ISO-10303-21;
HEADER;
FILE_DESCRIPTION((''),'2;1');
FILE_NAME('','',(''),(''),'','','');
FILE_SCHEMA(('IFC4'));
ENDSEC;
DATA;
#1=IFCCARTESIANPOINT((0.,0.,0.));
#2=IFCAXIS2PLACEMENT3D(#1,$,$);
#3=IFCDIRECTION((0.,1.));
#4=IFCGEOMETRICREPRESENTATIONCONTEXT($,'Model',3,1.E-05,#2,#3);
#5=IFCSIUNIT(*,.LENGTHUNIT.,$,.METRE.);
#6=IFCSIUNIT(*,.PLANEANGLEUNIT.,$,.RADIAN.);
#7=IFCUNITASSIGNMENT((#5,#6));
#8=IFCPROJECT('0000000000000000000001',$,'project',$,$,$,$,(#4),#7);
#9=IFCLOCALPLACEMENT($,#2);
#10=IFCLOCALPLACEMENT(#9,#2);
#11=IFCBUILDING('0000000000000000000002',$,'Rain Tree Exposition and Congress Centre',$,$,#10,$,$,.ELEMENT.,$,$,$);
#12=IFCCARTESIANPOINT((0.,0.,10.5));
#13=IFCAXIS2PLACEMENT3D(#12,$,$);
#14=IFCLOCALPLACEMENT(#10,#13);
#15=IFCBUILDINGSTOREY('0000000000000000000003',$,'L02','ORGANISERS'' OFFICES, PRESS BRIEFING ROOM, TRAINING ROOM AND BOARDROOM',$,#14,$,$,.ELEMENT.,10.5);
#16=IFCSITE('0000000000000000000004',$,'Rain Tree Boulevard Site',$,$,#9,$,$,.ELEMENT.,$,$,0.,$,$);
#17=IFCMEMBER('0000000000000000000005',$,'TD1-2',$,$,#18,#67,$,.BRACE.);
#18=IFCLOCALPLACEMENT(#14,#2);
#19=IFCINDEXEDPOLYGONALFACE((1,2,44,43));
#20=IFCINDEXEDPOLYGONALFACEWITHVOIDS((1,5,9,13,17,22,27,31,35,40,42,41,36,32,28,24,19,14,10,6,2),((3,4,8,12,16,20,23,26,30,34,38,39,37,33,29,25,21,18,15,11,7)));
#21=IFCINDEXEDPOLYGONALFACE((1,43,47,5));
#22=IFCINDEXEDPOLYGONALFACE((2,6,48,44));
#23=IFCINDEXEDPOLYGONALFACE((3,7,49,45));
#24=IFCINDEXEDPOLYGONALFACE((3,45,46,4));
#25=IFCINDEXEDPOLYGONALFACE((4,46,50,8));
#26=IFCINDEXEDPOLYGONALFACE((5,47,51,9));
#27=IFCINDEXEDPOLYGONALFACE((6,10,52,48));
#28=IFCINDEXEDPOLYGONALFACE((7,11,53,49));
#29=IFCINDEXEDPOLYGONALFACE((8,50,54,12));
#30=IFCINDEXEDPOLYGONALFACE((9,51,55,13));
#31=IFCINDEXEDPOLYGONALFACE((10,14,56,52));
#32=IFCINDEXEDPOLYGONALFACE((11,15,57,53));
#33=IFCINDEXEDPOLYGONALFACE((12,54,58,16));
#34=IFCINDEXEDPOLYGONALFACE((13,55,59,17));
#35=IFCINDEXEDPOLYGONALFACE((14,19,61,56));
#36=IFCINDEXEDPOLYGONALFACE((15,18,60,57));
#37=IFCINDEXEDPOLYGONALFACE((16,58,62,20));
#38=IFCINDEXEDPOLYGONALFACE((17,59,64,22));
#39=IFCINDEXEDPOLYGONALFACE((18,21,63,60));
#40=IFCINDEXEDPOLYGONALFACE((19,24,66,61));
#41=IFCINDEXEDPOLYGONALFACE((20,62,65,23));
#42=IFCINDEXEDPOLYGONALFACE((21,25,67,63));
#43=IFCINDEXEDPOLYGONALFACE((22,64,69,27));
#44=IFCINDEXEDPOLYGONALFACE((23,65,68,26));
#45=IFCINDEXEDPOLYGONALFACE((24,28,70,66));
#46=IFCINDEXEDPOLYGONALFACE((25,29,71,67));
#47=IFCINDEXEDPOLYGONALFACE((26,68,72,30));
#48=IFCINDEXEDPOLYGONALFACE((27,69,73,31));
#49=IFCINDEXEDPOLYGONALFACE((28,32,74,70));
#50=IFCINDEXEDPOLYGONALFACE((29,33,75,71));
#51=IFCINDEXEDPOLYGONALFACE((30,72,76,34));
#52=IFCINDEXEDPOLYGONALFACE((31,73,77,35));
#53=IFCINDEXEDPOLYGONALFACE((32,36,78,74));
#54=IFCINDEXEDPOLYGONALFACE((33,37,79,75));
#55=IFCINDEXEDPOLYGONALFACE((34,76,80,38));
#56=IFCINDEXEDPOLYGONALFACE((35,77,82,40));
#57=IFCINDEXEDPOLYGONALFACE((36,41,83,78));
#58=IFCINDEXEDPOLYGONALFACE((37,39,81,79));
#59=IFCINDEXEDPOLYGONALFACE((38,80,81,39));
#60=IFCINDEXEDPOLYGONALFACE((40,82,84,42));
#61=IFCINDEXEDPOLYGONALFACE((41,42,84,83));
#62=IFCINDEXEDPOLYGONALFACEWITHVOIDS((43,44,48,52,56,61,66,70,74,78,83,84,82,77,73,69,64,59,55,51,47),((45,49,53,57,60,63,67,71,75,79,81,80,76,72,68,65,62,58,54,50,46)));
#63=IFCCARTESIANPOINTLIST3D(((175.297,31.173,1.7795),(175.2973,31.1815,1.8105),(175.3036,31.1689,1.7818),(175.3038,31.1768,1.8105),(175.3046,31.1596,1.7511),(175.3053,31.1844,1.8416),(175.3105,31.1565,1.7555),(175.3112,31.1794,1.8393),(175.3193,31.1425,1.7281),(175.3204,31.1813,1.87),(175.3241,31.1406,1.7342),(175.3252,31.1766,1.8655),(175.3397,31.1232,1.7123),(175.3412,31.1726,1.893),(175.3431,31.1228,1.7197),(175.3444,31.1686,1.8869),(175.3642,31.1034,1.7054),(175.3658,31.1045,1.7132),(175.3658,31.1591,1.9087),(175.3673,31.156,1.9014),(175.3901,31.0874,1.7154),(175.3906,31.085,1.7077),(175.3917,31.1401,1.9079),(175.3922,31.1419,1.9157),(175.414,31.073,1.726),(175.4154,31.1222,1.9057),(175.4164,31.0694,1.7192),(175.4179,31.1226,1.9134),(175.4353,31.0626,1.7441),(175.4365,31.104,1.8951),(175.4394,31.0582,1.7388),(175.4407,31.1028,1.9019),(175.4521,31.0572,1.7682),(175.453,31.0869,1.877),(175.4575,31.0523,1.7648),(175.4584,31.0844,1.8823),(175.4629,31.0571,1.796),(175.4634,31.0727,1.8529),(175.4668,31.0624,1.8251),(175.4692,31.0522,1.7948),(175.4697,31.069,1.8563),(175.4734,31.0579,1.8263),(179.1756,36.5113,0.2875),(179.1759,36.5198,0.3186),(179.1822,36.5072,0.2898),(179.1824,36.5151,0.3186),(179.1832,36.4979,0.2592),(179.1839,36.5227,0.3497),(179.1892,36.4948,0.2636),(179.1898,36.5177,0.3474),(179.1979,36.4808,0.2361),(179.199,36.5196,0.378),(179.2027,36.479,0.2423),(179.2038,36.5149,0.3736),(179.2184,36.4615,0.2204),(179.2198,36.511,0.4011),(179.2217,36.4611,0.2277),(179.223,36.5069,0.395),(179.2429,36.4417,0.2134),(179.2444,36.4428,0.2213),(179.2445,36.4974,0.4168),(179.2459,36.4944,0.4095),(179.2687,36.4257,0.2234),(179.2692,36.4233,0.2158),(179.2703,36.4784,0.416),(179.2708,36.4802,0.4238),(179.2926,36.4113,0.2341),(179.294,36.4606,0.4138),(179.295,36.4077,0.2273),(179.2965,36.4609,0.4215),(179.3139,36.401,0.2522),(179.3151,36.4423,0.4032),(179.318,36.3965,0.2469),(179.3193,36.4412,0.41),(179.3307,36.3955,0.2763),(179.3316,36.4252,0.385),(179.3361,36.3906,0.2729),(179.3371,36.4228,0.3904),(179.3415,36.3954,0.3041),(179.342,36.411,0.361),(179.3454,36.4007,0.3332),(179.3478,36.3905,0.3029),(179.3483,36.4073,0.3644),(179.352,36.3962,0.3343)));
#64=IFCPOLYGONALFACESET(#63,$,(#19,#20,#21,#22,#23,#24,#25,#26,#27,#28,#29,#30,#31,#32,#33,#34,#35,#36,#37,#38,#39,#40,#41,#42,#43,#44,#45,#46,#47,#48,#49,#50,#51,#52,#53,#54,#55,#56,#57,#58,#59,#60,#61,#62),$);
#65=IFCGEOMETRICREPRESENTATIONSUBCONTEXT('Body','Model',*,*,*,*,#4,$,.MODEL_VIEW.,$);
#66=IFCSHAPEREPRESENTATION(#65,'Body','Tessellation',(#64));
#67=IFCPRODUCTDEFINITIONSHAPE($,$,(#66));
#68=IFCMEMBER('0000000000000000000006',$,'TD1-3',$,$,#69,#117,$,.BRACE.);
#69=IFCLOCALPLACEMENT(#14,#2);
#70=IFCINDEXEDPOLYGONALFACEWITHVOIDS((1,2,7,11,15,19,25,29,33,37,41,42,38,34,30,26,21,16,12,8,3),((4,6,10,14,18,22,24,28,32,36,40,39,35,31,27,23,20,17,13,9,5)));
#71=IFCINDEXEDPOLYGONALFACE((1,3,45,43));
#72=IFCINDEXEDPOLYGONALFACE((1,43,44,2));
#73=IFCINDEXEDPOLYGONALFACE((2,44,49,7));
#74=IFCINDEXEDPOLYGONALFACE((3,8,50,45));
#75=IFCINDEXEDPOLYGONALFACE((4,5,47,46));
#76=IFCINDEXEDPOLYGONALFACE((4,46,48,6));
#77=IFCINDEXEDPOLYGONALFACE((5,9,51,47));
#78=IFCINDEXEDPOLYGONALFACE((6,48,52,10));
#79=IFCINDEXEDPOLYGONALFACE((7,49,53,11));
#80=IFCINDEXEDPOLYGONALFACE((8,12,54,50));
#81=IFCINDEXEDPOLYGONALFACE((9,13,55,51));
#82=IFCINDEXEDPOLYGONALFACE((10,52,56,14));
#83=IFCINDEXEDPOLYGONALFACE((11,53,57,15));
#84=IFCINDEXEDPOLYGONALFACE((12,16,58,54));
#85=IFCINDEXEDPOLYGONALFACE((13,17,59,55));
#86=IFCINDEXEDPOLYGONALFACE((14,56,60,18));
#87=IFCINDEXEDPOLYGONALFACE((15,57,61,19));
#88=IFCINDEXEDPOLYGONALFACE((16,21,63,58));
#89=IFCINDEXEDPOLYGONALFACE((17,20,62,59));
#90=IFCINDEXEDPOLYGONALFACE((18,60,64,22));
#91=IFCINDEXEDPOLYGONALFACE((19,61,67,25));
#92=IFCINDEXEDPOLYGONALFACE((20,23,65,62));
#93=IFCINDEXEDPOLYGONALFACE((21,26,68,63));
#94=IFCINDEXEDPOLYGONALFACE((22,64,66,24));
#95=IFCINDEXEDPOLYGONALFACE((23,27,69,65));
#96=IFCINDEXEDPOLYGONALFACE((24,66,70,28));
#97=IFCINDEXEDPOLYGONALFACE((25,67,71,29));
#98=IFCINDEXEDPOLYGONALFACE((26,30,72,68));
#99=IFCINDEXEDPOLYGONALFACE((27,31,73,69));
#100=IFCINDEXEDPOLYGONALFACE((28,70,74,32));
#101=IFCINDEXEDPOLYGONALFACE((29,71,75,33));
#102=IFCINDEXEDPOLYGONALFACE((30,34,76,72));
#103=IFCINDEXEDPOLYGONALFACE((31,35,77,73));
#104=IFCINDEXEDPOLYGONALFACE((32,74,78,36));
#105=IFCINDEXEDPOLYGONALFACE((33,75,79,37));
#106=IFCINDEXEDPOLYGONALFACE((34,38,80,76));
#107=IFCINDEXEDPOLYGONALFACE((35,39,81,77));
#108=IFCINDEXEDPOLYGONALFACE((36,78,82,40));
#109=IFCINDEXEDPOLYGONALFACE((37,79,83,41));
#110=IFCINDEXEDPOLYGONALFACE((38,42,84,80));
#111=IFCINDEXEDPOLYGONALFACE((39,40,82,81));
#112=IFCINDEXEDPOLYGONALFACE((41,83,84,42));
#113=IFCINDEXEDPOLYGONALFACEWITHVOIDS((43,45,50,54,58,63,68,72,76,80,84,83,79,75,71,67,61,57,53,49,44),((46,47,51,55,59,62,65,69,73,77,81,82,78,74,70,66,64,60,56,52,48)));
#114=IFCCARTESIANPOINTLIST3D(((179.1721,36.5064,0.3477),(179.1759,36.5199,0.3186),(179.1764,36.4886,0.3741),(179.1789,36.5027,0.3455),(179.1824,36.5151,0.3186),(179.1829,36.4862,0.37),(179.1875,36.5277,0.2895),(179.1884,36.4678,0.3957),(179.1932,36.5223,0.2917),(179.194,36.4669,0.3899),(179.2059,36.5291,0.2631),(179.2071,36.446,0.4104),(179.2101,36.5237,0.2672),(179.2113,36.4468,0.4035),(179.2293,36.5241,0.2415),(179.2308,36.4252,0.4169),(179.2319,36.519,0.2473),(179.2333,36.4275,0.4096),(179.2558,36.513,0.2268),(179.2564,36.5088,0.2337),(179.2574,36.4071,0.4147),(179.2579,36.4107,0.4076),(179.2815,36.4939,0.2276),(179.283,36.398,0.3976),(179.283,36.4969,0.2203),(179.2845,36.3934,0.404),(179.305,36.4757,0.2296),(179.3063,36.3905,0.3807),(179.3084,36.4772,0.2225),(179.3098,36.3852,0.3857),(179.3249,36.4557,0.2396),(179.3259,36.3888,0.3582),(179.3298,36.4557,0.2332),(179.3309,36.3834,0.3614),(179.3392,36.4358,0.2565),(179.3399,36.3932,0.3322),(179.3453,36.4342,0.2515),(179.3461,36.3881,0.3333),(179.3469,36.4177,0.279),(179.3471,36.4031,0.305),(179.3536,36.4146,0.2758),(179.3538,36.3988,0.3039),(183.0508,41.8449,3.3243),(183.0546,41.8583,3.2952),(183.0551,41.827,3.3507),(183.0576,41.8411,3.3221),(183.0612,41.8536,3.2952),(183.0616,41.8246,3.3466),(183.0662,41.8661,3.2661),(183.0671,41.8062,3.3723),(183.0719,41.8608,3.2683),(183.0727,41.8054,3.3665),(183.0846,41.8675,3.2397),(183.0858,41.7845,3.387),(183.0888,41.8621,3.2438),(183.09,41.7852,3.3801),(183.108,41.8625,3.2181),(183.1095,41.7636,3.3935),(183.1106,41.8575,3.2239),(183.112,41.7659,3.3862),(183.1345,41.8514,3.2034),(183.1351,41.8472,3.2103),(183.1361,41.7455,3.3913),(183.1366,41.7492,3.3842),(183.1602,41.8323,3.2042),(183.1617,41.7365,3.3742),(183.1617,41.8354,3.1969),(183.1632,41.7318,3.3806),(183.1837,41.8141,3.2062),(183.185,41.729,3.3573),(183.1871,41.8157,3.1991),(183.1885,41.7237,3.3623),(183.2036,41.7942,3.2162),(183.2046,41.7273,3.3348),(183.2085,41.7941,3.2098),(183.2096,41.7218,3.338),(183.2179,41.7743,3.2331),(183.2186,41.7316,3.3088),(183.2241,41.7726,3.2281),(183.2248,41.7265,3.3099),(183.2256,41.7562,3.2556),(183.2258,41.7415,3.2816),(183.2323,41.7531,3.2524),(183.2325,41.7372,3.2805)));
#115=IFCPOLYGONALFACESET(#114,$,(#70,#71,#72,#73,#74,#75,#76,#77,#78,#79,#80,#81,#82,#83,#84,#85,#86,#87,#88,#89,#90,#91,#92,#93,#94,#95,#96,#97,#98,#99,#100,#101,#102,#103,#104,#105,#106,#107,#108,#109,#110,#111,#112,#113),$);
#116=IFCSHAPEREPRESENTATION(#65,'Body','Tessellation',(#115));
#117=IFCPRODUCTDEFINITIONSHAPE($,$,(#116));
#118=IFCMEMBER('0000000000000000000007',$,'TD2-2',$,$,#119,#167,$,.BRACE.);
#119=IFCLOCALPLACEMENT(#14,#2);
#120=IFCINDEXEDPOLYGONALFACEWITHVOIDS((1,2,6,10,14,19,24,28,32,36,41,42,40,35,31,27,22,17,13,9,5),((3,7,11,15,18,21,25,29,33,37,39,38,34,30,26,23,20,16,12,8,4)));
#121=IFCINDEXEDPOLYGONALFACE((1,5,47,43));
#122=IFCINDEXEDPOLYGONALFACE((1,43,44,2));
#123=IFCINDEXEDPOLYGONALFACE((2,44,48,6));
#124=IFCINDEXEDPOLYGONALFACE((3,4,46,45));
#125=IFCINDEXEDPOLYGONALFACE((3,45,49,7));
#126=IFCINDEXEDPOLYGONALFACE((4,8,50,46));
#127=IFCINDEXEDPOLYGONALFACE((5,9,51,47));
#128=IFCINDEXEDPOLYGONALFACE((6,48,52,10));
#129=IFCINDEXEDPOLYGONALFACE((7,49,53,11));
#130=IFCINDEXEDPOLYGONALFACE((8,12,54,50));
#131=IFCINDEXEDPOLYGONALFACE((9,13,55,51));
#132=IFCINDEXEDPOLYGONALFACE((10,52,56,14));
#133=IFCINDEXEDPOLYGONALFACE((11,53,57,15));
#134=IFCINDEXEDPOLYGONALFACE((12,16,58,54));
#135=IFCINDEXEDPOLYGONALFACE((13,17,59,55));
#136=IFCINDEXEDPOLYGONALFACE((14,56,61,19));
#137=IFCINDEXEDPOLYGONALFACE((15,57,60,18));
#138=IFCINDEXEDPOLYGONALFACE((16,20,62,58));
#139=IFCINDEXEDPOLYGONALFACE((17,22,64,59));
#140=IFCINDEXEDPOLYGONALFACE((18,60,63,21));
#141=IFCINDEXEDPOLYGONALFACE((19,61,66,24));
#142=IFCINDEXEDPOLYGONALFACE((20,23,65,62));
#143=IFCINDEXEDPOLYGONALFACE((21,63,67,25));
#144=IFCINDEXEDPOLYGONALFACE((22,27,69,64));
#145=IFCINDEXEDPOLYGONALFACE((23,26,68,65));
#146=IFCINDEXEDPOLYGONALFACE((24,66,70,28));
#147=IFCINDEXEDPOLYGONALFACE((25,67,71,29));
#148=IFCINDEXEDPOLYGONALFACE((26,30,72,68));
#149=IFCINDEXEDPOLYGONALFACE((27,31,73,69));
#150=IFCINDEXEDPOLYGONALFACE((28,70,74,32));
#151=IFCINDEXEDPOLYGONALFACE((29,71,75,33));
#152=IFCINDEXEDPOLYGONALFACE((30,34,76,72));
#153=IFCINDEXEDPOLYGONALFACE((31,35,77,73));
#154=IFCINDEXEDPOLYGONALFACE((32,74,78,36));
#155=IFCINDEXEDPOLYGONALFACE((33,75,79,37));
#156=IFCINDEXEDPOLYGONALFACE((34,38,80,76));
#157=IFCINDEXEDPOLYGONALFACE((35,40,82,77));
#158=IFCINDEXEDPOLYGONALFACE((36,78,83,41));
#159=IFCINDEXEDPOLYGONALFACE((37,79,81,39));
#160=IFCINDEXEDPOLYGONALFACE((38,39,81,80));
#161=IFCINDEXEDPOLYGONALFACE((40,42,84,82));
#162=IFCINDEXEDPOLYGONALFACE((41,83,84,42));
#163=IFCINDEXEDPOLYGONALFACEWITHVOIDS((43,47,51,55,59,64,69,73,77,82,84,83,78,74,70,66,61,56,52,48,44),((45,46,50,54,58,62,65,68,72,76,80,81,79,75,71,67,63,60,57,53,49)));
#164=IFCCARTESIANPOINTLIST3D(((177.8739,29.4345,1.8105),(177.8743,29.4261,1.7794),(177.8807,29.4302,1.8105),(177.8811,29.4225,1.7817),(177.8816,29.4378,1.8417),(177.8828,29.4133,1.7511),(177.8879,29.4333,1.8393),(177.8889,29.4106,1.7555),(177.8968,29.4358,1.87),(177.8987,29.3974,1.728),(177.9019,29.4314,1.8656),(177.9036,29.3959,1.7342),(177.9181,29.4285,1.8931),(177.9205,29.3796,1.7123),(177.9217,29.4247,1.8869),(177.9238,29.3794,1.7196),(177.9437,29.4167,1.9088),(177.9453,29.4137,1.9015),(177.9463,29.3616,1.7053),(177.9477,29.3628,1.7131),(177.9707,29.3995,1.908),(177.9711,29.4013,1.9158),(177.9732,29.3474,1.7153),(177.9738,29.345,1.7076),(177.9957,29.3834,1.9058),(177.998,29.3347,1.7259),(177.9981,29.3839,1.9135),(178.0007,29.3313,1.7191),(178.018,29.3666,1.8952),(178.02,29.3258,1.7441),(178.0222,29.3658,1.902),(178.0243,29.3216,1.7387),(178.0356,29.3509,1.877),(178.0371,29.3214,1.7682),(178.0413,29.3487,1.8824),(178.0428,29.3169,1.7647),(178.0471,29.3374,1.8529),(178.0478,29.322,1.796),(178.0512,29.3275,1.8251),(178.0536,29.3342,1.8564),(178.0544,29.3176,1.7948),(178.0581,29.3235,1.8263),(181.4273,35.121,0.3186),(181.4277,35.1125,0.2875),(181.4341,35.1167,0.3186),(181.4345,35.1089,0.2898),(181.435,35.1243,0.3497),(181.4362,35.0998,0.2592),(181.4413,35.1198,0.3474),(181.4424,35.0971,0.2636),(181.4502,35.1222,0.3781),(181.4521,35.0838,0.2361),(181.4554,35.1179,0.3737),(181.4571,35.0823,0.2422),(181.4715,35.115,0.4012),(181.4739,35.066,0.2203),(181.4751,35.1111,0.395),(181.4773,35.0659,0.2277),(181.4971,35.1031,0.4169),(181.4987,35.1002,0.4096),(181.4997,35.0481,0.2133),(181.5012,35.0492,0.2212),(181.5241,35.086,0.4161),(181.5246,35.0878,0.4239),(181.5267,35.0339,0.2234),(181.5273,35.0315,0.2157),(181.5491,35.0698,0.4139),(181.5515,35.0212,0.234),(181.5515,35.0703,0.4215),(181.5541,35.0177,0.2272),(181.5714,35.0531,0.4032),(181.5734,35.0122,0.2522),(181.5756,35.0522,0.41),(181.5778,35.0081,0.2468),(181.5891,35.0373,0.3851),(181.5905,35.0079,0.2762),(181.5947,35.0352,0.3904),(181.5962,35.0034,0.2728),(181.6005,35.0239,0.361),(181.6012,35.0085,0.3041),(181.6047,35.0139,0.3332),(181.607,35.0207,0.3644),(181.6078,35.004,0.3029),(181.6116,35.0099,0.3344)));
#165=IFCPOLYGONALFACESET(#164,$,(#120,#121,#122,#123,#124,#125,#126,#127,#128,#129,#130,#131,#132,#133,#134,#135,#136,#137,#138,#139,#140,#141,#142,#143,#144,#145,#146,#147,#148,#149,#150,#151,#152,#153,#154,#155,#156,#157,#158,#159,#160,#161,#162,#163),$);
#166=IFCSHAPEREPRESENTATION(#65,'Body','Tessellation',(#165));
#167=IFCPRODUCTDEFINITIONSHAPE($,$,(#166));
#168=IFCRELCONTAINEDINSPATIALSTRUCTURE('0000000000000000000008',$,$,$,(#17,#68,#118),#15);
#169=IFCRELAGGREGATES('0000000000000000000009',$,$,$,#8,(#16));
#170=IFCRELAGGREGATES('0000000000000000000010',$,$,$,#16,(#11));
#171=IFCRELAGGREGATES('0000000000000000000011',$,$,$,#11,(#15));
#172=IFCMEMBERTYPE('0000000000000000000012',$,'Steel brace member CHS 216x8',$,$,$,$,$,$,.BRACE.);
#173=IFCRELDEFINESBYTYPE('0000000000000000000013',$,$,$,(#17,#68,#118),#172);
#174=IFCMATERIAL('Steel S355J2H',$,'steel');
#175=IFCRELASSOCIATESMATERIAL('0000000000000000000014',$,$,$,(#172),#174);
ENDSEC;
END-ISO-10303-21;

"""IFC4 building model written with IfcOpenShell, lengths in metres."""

from ifc_helpers import new_model, si_unit, direction, frame, origin, origin_2d, place, context, subcontext, project, spatial, hollow_circle, extrude, material, material_profile, profile_set, type_object, element, save


model = new_model("IFC4")

# Units and contexts
model_context = context("Model", 3, precision=1e-05, world=origin(), true_north=direction((0.0, 1.0)))
body_context = subcontext(model_context, "Body", "Model", "MODEL_VIEW")
ifc_project = project(units=[si_unit("LENGTHUNIT", "METRE"), si_unit("PLANEANGLEUNIT", "RADIAN")], contexts=[model_context])

# Site, building, storey
site_placement = place(None, origin())
site = spatial("IfcSite", under=ifc_project, at=site_placement, Name="Rain Tree Boulevard Site", CompositionType="ELEMENT", RefElevation=0.0)
building_placement = place(site_placement, origin())
building = spatial("IfcBuilding", under=site, at=building_placement, Name="Rain Tree Exposition and Congress Centre", CompositionType="ELEMENT")
storey_placement = place(building_placement, frame((0.0, 0.0, 10.5)))
storey = spatial("IfcBuildingStorey", under=building, at=storey_placement, Name="L02", Description="ORGANISERS' OFFICES, PRESS BRIEFING ROOM, TRAINING ROOM AND BOARDROOM", CompositionType="ELEMENT", Elevation=10.5)

# Members
ifc_material_1 = material(Name="Steel S355J2H", Category="steel")
ifc_material_profile_1 = material_profile(ifc_material_1, hollow_circle(Radius=0.1082, WallThickness=0.0081, at=origin_2d()), Name="CHS 216x8")
ifc_profile_set_1 = profile_set([ifc_material_profile_1], Name="Steel S355J2H")
member_type_1 = type_object("IfcMemberType", Name="Steel brace member CHS 216x8", PredefinedType="BRACE", material=ifc_profile_set_1)
member_1_placement = place(storey_placement, frame((175.3848, 31.1179, 1.8105), z_axis=(0.573324, 0.789092, -0.220531), x_axis=(-0.80901, 0.587795, 0.0)))
element("IfcMember", 1, at=member_1_placement, inside=storey, type_object=member_type_1, Name="TD1-2", PredefinedType="BRACE", context=body_context, shape_type="SweptSolid", body=[
    extrude(hollow_circle(Radius=0.1082, WallThickness=0.0081, at=origin_2d()), origin(), (0.0, 0.0, 1.0), 6.7651),
])
member_2_placement = place(storey_placement, frame((179.2634, 36.4563, 0.3186), z_axis=(0.535805, 0.737453, 0.411188), x_axis=(-0.80901, 0.587795, 0.0)))
element("IfcMember", 2, at=member_2_placement, inside=storey, type_object=member_type_1, Name="TD1-3", PredefinedType="BRACE", context=body_context, shape_type="SweptSolid", body=[
    extrude(hollow_circle(Radius=0.1082, WallThickness=0.0081, at=origin_2d()), origin(), (0.0, 0.0, 1.0), 7.239),
])
member_3_placement = place(storey_placement, frame((177.9656, 29.3772, 1.8105), z_axis=(0.517284, 0.827797, -0.217185), x_axis=(-0.848039, 0.529933, 0.0)))
element("IfcMember", 3, at=member_3_placement, inside=storey, type_object=member_type_1, Name="TD2-2", PredefinedType="BRACE", context=body_context, shape_type="SweptSolid", body=[
    extrude(hollow_circle(Radius=0.1082, WallThickness=0.0081, at=origin_2d()), origin(), (0.0, 0.0, 1.0), 6.8694),
])

save(model, "model.ifc")
